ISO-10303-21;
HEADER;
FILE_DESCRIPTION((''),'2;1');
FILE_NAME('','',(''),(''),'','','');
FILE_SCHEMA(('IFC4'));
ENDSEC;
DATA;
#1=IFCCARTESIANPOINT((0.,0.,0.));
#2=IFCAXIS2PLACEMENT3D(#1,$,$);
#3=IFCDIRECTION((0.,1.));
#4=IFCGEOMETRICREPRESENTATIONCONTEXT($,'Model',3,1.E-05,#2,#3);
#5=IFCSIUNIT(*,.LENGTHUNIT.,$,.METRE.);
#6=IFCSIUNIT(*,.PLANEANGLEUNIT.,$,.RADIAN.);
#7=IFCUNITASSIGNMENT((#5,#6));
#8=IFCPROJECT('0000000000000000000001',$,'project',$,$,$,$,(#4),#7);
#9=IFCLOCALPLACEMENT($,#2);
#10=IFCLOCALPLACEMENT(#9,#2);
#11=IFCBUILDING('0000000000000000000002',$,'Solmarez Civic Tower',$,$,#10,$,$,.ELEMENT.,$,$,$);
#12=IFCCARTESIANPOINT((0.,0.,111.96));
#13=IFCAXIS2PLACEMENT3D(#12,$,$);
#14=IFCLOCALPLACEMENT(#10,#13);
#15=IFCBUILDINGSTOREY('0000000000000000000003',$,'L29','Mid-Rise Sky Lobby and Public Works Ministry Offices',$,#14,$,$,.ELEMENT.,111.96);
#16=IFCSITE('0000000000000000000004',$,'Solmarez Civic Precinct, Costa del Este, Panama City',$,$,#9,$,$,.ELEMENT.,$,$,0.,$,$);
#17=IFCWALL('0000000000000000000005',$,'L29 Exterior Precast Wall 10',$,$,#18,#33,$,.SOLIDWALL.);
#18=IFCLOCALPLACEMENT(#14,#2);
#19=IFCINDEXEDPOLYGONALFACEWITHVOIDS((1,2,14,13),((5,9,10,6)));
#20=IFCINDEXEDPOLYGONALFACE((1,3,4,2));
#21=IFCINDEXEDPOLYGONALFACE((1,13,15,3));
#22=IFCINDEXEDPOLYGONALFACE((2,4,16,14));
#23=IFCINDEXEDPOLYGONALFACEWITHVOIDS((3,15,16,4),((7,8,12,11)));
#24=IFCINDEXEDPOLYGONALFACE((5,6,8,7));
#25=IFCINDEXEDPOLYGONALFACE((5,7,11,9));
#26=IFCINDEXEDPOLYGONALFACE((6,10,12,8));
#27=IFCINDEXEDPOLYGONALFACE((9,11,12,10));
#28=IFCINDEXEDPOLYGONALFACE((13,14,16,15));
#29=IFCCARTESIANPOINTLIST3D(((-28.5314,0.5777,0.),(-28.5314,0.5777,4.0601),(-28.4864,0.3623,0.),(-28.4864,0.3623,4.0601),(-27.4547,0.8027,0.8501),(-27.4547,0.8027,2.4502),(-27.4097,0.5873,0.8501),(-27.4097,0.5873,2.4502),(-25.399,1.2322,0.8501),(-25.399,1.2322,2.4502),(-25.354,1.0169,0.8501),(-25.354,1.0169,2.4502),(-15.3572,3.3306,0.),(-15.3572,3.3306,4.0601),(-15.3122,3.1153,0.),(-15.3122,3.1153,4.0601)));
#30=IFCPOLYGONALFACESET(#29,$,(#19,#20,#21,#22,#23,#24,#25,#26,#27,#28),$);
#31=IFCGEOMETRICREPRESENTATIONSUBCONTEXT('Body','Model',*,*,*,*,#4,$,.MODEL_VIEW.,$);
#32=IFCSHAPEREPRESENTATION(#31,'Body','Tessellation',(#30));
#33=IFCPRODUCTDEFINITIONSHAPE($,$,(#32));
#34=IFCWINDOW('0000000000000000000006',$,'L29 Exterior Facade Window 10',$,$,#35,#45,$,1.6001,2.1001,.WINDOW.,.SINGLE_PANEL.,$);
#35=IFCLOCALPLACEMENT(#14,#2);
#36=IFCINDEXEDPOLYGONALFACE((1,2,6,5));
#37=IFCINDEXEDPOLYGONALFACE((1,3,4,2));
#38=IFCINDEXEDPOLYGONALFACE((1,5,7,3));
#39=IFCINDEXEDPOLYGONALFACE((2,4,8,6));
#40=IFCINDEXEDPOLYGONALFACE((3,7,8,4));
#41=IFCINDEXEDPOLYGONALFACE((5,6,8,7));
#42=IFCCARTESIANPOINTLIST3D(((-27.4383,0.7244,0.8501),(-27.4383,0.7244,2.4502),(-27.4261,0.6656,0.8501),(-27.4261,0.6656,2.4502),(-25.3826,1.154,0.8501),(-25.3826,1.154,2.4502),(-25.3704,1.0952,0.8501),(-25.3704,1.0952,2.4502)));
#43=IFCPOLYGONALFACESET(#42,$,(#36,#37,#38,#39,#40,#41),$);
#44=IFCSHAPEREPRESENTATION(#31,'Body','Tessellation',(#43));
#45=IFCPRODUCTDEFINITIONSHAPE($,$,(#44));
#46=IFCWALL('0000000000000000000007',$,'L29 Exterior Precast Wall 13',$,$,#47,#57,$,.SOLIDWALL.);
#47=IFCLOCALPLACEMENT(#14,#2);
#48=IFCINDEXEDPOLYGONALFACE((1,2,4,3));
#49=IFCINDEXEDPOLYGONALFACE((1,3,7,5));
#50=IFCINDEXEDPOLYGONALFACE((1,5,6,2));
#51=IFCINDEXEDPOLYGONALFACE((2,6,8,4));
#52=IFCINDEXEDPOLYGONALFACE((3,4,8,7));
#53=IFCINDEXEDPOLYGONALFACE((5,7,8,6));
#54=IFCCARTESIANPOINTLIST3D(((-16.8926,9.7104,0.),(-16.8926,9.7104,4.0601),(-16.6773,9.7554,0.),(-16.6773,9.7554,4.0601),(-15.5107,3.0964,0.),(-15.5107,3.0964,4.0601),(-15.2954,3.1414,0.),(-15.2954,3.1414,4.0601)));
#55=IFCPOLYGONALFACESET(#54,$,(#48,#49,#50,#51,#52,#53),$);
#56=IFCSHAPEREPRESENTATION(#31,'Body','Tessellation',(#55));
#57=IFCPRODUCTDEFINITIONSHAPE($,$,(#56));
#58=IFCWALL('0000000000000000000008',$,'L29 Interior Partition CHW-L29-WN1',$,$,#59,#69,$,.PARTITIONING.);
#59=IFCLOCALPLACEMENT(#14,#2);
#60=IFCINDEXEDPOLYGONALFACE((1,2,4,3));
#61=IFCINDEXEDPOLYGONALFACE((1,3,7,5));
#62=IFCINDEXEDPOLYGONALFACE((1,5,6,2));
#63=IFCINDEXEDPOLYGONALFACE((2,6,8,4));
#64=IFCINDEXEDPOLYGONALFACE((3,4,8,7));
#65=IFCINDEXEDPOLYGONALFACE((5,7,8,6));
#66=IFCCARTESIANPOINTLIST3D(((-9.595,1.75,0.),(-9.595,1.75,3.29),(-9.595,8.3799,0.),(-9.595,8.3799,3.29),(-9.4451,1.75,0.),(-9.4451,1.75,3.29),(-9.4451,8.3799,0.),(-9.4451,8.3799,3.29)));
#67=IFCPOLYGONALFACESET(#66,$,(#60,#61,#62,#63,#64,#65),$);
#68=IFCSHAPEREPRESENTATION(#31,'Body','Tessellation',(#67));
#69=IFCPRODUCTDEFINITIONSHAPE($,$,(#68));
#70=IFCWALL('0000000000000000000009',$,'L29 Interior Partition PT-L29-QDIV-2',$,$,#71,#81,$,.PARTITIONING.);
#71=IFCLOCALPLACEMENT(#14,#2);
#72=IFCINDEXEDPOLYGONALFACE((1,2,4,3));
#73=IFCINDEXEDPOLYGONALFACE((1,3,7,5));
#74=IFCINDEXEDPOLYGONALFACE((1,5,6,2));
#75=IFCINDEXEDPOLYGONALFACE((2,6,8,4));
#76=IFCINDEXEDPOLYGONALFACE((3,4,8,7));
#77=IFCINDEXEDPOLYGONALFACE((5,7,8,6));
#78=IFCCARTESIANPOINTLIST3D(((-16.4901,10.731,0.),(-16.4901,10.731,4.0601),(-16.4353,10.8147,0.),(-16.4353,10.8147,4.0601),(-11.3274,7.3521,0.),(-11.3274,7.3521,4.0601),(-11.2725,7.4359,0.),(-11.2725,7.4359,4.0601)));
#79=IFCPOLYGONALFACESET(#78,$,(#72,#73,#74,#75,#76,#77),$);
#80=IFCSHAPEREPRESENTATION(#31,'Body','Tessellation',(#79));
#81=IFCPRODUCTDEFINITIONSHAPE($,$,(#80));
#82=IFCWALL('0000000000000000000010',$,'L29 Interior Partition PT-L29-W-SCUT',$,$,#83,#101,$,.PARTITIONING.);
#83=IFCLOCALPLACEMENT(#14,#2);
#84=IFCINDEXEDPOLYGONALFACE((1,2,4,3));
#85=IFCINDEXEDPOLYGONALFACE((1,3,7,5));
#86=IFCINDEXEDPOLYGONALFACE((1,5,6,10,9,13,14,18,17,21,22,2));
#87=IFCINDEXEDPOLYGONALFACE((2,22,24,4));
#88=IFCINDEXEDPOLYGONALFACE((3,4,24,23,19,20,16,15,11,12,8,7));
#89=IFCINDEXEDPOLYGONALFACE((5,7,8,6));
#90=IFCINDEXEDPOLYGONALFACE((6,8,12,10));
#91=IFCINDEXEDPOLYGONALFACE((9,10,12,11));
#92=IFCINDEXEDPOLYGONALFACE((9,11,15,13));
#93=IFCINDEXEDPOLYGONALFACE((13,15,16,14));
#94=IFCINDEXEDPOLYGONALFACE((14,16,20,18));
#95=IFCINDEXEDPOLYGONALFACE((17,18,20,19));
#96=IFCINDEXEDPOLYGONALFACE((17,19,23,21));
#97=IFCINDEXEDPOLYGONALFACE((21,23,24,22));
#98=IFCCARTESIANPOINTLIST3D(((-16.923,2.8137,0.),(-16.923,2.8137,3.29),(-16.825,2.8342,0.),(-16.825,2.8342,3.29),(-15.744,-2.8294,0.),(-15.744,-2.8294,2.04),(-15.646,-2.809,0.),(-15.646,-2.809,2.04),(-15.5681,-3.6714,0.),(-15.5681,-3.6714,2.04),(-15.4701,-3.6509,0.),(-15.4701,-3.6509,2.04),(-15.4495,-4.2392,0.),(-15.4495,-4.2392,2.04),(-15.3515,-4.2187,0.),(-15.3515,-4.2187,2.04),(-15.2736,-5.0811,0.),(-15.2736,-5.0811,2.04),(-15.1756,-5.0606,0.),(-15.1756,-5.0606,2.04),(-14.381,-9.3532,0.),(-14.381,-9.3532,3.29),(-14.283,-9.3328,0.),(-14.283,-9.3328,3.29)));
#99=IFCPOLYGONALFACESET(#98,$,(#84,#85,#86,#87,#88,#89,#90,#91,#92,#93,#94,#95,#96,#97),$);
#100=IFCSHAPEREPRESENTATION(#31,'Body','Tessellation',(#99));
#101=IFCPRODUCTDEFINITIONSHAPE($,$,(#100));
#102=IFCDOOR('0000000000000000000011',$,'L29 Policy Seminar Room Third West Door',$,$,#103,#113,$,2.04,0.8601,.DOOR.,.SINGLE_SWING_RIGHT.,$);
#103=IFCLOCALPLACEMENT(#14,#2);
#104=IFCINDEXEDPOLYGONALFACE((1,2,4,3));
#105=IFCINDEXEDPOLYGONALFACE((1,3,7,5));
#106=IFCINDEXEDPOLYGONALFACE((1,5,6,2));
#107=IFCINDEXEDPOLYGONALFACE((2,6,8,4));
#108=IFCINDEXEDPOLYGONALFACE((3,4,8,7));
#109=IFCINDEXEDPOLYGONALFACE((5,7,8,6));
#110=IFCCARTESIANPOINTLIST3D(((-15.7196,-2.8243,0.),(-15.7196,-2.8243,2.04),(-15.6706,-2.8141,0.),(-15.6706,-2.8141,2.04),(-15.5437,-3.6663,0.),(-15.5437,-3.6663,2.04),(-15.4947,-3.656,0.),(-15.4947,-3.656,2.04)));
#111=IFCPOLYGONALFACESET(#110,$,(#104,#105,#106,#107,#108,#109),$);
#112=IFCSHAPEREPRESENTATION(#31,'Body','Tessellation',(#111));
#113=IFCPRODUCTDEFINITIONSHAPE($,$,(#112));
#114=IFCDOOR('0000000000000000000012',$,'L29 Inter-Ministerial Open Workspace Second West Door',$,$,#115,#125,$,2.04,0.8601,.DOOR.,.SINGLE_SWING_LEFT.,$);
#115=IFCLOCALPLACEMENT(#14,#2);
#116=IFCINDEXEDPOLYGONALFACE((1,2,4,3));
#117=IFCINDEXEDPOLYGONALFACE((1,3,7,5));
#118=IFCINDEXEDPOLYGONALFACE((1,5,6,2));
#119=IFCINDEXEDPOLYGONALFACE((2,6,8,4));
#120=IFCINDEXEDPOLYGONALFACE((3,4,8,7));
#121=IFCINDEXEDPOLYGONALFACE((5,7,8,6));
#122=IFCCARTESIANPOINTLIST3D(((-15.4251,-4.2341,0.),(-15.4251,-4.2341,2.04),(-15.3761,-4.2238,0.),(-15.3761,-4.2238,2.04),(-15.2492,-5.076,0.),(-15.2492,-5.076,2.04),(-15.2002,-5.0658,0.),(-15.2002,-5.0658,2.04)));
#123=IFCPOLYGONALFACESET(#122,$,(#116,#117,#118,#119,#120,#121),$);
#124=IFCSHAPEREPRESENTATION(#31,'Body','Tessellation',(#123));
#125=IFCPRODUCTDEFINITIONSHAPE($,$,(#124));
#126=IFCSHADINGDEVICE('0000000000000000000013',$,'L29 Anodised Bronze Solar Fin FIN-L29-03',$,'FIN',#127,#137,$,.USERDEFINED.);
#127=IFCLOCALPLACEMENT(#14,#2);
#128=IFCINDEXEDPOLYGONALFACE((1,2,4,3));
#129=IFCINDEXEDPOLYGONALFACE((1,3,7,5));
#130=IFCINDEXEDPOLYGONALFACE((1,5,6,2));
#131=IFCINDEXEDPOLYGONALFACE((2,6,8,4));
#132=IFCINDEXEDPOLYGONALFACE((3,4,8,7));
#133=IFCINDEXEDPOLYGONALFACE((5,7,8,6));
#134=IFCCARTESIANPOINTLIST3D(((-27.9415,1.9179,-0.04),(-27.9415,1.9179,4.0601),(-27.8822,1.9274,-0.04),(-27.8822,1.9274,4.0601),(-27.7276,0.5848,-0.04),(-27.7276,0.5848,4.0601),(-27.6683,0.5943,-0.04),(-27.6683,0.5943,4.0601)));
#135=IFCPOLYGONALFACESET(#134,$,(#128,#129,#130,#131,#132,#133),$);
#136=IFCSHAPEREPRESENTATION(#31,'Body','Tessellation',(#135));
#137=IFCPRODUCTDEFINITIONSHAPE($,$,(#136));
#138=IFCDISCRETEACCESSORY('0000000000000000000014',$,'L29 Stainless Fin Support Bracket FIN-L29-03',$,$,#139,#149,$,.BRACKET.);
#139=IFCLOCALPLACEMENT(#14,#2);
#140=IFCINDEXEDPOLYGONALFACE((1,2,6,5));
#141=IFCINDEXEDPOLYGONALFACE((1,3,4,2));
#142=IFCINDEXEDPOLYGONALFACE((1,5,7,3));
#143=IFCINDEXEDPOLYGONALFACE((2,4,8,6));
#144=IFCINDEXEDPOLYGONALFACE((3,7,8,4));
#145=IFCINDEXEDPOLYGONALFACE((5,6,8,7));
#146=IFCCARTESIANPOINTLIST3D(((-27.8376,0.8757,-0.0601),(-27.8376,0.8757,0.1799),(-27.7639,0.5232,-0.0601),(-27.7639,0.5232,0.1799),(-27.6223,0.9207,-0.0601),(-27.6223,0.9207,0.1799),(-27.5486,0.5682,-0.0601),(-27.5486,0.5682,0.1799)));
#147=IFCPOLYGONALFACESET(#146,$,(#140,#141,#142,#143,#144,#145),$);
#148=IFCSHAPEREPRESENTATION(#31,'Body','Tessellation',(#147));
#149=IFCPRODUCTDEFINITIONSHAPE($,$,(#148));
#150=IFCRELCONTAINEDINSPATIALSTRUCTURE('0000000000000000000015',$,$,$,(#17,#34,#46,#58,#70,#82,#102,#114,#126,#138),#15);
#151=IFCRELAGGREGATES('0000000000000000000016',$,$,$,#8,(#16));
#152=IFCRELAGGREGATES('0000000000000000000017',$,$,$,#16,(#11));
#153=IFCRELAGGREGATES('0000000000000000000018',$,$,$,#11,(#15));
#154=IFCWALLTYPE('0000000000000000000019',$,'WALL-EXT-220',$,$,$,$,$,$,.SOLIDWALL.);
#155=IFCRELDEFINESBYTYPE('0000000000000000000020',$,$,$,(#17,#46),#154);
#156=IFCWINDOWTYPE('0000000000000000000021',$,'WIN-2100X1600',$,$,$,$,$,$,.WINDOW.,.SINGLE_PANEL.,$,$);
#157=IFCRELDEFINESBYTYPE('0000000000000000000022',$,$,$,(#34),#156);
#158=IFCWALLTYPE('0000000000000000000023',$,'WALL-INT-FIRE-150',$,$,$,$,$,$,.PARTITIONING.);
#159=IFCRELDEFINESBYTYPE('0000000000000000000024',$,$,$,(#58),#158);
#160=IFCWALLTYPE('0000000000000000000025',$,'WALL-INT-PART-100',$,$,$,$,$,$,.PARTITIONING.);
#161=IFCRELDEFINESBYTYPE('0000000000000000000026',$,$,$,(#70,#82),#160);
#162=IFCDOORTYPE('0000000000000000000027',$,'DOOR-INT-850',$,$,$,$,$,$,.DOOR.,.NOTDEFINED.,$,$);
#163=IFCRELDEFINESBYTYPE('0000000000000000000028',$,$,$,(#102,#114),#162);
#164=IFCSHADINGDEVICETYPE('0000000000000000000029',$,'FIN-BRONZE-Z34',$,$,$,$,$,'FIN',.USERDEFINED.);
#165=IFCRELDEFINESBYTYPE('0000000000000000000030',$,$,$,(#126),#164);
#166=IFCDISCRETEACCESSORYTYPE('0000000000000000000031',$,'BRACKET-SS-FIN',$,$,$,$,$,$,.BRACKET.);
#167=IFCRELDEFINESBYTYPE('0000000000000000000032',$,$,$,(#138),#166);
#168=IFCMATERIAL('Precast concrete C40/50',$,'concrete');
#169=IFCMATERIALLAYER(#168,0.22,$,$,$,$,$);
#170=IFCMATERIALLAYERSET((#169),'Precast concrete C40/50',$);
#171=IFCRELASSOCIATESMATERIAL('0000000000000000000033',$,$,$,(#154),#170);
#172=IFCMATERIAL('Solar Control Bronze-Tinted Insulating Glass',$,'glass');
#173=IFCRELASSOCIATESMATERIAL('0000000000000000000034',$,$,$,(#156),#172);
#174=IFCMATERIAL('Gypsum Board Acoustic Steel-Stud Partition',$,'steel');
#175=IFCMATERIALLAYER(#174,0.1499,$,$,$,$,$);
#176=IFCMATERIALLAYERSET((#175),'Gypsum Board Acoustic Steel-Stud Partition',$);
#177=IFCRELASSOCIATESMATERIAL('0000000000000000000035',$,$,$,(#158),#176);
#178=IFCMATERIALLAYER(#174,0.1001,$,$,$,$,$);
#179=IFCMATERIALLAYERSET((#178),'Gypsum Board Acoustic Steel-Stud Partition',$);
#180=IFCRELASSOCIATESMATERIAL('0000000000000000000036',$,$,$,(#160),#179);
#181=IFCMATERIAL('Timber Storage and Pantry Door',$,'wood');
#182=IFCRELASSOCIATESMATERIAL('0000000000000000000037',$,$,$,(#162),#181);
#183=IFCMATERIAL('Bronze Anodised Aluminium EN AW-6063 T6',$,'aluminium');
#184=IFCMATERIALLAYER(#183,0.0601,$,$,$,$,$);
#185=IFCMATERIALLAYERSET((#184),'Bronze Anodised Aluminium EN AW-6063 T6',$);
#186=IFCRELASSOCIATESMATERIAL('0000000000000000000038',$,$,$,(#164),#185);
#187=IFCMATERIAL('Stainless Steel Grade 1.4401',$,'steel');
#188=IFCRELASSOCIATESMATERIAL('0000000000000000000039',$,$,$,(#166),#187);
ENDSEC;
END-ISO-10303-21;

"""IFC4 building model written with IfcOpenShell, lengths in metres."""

from ifc_helpers import new_model, si_unit, direction, frame, frame_2d, origin, origin_2d, place, context, subcontext, project, spatial, rectangle, extrude, material, layer, layer_set, type_object, element, fill, save


model = new_model("IFC4")

# Units and contexts
model_context = context("Model", 3, precision=1e-05, world=origin(), true_north=direction((0.0, 1.0)))
body_context = subcontext(model_context, "Body", "Model", "MODEL_VIEW")
ifc_project = project(units=[si_unit("LENGTHUNIT", "METRE"), si_unit("PLANEANGLEUNIT", "RADIAN")], contexts=[model_context])

# Site, building, storey
site_placement = place(None, origin())
site = spatial("IfcSite", under=ifc_project, at=site_placement, Name="Solmarez Civic Precinct, Costa del Este, Panama City", CompositionType="ELEMENT", RefElevation=0.0)
building_placement = place(site_placement, origin())
building = spatial("IfcBuilding", under=site, at=building_placement, Name="Solmarez Civic Tower", CompositionType="ELEMENT")
storey_placement = place(building_placement, frame((0.0, 0.0, 111.96)))
storey = spatial("IfcBuildingStorey", under=building, at=storey_placement, Name="L29", Description="Mid-Rise Sky Lobby and Public Works Ministry Offices", CompositionType="ELEMENT", Elevation=111.96)

# Wall, opening, window
ifc_material_1 = material(Name="Precast concrete C40/50", Category="concrete")
ifc_layer_1 = layer(ifc_material_1, 0.22)
ifc_layer_set_1 = layer_set([ifc_layer_1], Name="Precast concrete C40/50")
wall_type_1 = type_object("IfcWallType", Name="WALL-EXT-220", PredefinedType="SOLIDWALL", material=ifc_layer_set_1)
wall_1_placement = place(storey_placement, frame((-28.509, 0.47, 0.0), z_axis=(0.0, 0.0, 1.0), x_axis=(0.978857, 0.204547, 0.0)))
wall_1 = element("IfcWall", 1, at=wall_1_placement, inside=storey, type_object=wall_type_1, Name="L29 Exterior Precast Wall 10", PredefinedType="SOLIDWALL", context=body_context, shape_type="SweptSolid", body=[
    extrude(rectangle(XDim=13.4587, YDim=0.22, at=frame_2d((6.7295, 0.0))), origin(), (0.0, 0.0, 1.0), 4.0601),
])
opening_1_placement = place(wall_1_placement, frame((1.1001, 0.0, 0.8501)))
opening_1 = element("IfcOpeningElement", 2, at=opening_1_placement, cuts=wall_1, PredefinedType="OPENING", context=body_context, shape_type="SweptSolid", body=[
    extrude(rectangle(XDim=2.1001, YDim=1.6001, at=frame_2d((1.05, 0.8))), frame((0.0, 0.1199, 0.0), z_axis=(0.0, -1.0, 0.0), x_axis=(1.0, 0.0, 0.0)), (0.0, 0.0, 1.0), 0.24),
])
ifc_material_2 = material(Name="Solar Control Bronze-Tinted Insulating Glass", Category="glass")
window_type = type_object("IfcWindowType", Name="WIN-2100X1600", PartitioningType="SINGLE_PANEL", PredefinedType="WINDOW", material=ifc_material_2)
window_placement = place(opening_1_placement, origin())
window = element("IfcWindow", 3, at=window_placement, inside=storey, type_object=window_type, Name="L29 Exterior Facade Window 10", OverallHeight=1.6001, OverallWidth=2.1001, PartitioningType="SINGLE_PANEL", PredefinedType="WINDOW", context=body_context, shape_type="SweptSolid", body=[
    extrude(rectangle(XDim=2.1001, YDim=1.6001, at=frame_2d((1.05, 0.8))), frame((0.0, 0.03, 0.0), z_axis=(0.0, -1.0, 0.0), x_axis=(1.0, 0.0, 0.0)), (0.0, 0.0, 1.0), 0.0601),
])
fill(opening_1, window)

# Walls
wall_2_placement = place(storey_placement, frame((-15.4031, 3.1189, 0.0), z_axis=(0.0, 0.0, 1.0), x_axis=(-0.20451, 0.978865, 0.0)))
element("IfcWall", 4, at=wall_2_placement, inside=storey, type_object=wall_type_1, Name="L29 Exterior Precast Wall 13", PredefinedType="SOLIDWALL", context=body_context, shape_type="SweptSolid", body=[
    extrude(rectangle(XDim=6.7568, YDim=0.22, at=frame_2d((3.3784, 0.0))), origin(), (0.0, 0.0, 1.0), 4.0601),
])
ifc_material_3 = material(Name="Gypsum Board Acoustic Steel-Stud Partition", Category="steel")
ifc_layer_2 = layer(ifc_material_3, 0.1499)
ifc_layer_set_2 = layer_set([ifc_layer_2], Name="Gypsum Board Acoustic Steel-Stud Partition")
wall_type_2 = type_object("IfcWallType", Name="WALL-INT-FIRE-150", PredefinedType="PARTITIONING", material=ifc_layer_set_2)
wall_3_placement = place(storey_placement, frame((-9.52, 1.75, 0.0), z_axis=(0.0, 0.0, 1.0), x_axis=(0.0, 1.0, 0.0)))
element("IfcWall", 5, at=wall_3_placement, inside=storey, type_object=wall_type_2, Name="L29 Interior Partition CHW-L29-WN1", PredefinedType="PARTITIONING", context=body_context, shape_type="SweptSolid", body=[
    extrude(rectangle(XDim=6.6299, YDim=0.1499, at=frame_2d((3.3149, 0.0))), origin(), (0.0, 0.0, 1.0), 3.29),
])
ifc_layer_3 = layer(ifc_material_3, 0.1001)
ifc_layer_set_3 = layer_set([ifc_layer_3], Name="Gypsum Board Acoustic Steel-Stud Partition")
wall_type_3 = type_object("IfcWallType", Name="WALL-INT-PART-100", PredefinedType="PARTITIONING", material=ifc_layer_set_3)
wall_4_placement = place(storey_placement, frame((-11.3, 7.394, 0.0), z_axis=(0.0, 0.0, 1.0), x_axis=(-0.836732, 0.547613, 0.0)))
element("IfcWall", 6, at=wall_4_placement, inside=storey, type_object=wall_type_3, Name="L29 Interior Partition PT-L29-QDIV-2", PredefinedType="PARTITIONING", context=body_context, shape_type="SweptSolid", body=[
    extrude(rectangle(XDim=6.1702, YDim=0.1001, at=frame_2d((3.085, 0.0))), origin(), (0.0, 0.0, 1.0), 4.0601),
])

# Wall, openings, doors
wall_5_placement = place(storey_placement, frame((-16.874, 2.824, 0.0), z_axis=(0.0, 0.0, 1.0), x_axis=(0.20451, -0.978865, 0.0)))
wall_5 = element("IfcWall", 7, at=wall_5_placement, inside=storey, type_object=wall_type_3, Name="L29 Interior Partition PT-L29-W-SCUT", PredefinedType="PARTITIONING", context=body_context, shape_type="SweptSolid", body=[
    extrude(rectangle(XDim=12.4297, YDim=0.1001, at=frame_2d((6.2148, 0.0))), origin(), (0.0, 0.0, 1.0), 3.29),
])
opening_2_placement = place(wall_5_placement, frame((5.7649, 0.0, 0.0)))
opening_2 = element("IfcOpeningElement", 8, at=opening_2_placement, cuts=wall_5, PredefinedType="OPENING", context=body_context, shape_type="SweptSolid", body=[
    extrude(rectangle(XDim=0.8601, YDim=2.04, at=frame_2d((0.4302, 1.02))), frame((0.0, 0.0601, 0.0), z_axis=(0.0, -1.0, 0.0), x_axis=(1.0, 0.0, 0.0)), (0.0, 0.0, 1.0), 0.1201),
])
opening_3_placement = place(wall_5_placement, frame((7.2051, 0.0, 0.0)))
opening_3 = element("IfcOpeningElement", 9, at=opening_3_placement, cuts=wall_5, PredefinedType="OPENING", context=body_context, shape_type="SweptSolid", body=[
    extrude(rectangle(XDim=0.8601, YDim=2.04, at=frame_2d((0.4302, 1.02))), frame((0.0, 0.0601, 0.0), z_axis=(0.0, -1.0, 0.0), x_axis=(1.0, 0.0, 0.0)), (0.0, 0.0, 1.0), 0.1201),
])
ifc_material_4 = material(Name="Timber Storage and Pantry Door", Category="wood")
door_type = type_object("IfcDoorType", Name="DOOR-INT-850", OperationType="NOTDEFINED", PredefinedType="DOOR", material=ifc_material_4)
door_1_placement = place(opening_2_placement, origin())
door_1 = element("IfcDoor", 10, at=door_1_placement, inside=storey, type_object=door_type, Name="L29 Policy Seminar Room Third West Door", OperationType="SINGLE_SWING_RIGHT", OverallHeight=2.04, OverallWidth=0.8601, PredefinedType="DOOR", context=body_context, shape_type="SweptSolid", body=[
    extrude(rectangle(XDim=0.8601, YDim=2.04, at=frame_2d((0.4302, 1.02))), frame((0.0, 0.0249, 0.0), z_axis=(0.0, -1.0, 0.0), x_axis=(1.0, 0.0, 0.0)), (0.0, 0.0, 1.0), 0.05),
])
fill(opening_2, door_1)
door_2_placement = place(opening_3_placement, origin())
door_2 = element("IfcDoor", 11, at=door_2_placement, inside=storey, type_object=door_type, Name="L29 Inter-Ministerial Open Workspace Second West Door", OperationType="SINGLE_SWING_LEFT", OverallHeight=2.04, OverallWidth=0.8601, PredefinedType="DOOR", context=body_context, shape_type="SweptSolid", body=[
    extrude(rectangle(XDim=0.8601, YDim=2.04, at=frame_2d((0.4302, 1.02))), frame((0.0, 0.0249, 0.0), z_axis=(0.0, -1.0, 0.0), x_axis=(1.0, 0.0, 0.0)), (0.0, 0.0, 1.0), 0.05),
])
fill(opening_3, door_2)

# Shading device
ifc_material_5 = material(Name="Bronze Anodised Aluminium EN AW-6063 T6", Category="aluminium")
ifc_layer_4 = layer(ifc_material_5, 0.0601)
ifc_layer_set_4 = layer_set([ifc_layer_4], Name="Bronze Anodised Aluminium EN AW-6063 T6")
shading_device_type = type_object("IfcShadingDeviceType", Name="FIN-BRONZE-Z34", ElementType="FIN", PredefinedType="USERDEFINED", material=ifc_layer_set_4)
shading_device_placement = place(storey_placement, frame((-27.8049, 1.2561, -0.04), z_axis=(0.0, 0.0, 1.0), x_axis=(-0.158417, 0.987372, 0.0)))
element("IfcShadingDevice", 12, at=shading_device_placement, inside=storey, type_object=shading_device_type, Name="L29 Anodised Bronze Solar Fin FIN-L29-03", ObjectType="FIN", PredefinedType="USERDEFINED", context=body_context, shape_type="SweptSolid", body=[
    extrude(rectangle(XDim=1.3501, YDim=0.0601, at=origin_2d()), origin(), (0.0, 0.0, 1.0), 4.1001),
])

# Discrete accessory
ifc_material_6 = material(Name="Stainless Steel Grade 1.4401", Category="steel")
discrete_accessory_type = type_object("IfcDiscreteAccessoryType", Name="BRACKET-SS-FIN", PredefinedType="BRACKET", material=ifc_material_6)
discrete_accessory_placement = place(storey_placement, frame((-27.6931, 0.7219, -0.0601), z_axis=(0.0, 0.0, 1.0), x_axis=(-0.204553, 0.978856, 0.0)))
element("IfcDiscreteAccessory", 13, at=discrete_accessory_placement, inside=storey, type_object=discrete_accessory_type, Name="L29 Stainless Fin Support Bracket FIN-L29-03", PredefinedType="BRACKET", context=body_context, shape_type="SweptSolid", body=[
    extrude(rectangle(XDim=0.3601, YDim=0.22, at=origin_2d()), origin(), (0.0, 0.0, 1.0), 0.24),
])

save(model, "model.ifc")
